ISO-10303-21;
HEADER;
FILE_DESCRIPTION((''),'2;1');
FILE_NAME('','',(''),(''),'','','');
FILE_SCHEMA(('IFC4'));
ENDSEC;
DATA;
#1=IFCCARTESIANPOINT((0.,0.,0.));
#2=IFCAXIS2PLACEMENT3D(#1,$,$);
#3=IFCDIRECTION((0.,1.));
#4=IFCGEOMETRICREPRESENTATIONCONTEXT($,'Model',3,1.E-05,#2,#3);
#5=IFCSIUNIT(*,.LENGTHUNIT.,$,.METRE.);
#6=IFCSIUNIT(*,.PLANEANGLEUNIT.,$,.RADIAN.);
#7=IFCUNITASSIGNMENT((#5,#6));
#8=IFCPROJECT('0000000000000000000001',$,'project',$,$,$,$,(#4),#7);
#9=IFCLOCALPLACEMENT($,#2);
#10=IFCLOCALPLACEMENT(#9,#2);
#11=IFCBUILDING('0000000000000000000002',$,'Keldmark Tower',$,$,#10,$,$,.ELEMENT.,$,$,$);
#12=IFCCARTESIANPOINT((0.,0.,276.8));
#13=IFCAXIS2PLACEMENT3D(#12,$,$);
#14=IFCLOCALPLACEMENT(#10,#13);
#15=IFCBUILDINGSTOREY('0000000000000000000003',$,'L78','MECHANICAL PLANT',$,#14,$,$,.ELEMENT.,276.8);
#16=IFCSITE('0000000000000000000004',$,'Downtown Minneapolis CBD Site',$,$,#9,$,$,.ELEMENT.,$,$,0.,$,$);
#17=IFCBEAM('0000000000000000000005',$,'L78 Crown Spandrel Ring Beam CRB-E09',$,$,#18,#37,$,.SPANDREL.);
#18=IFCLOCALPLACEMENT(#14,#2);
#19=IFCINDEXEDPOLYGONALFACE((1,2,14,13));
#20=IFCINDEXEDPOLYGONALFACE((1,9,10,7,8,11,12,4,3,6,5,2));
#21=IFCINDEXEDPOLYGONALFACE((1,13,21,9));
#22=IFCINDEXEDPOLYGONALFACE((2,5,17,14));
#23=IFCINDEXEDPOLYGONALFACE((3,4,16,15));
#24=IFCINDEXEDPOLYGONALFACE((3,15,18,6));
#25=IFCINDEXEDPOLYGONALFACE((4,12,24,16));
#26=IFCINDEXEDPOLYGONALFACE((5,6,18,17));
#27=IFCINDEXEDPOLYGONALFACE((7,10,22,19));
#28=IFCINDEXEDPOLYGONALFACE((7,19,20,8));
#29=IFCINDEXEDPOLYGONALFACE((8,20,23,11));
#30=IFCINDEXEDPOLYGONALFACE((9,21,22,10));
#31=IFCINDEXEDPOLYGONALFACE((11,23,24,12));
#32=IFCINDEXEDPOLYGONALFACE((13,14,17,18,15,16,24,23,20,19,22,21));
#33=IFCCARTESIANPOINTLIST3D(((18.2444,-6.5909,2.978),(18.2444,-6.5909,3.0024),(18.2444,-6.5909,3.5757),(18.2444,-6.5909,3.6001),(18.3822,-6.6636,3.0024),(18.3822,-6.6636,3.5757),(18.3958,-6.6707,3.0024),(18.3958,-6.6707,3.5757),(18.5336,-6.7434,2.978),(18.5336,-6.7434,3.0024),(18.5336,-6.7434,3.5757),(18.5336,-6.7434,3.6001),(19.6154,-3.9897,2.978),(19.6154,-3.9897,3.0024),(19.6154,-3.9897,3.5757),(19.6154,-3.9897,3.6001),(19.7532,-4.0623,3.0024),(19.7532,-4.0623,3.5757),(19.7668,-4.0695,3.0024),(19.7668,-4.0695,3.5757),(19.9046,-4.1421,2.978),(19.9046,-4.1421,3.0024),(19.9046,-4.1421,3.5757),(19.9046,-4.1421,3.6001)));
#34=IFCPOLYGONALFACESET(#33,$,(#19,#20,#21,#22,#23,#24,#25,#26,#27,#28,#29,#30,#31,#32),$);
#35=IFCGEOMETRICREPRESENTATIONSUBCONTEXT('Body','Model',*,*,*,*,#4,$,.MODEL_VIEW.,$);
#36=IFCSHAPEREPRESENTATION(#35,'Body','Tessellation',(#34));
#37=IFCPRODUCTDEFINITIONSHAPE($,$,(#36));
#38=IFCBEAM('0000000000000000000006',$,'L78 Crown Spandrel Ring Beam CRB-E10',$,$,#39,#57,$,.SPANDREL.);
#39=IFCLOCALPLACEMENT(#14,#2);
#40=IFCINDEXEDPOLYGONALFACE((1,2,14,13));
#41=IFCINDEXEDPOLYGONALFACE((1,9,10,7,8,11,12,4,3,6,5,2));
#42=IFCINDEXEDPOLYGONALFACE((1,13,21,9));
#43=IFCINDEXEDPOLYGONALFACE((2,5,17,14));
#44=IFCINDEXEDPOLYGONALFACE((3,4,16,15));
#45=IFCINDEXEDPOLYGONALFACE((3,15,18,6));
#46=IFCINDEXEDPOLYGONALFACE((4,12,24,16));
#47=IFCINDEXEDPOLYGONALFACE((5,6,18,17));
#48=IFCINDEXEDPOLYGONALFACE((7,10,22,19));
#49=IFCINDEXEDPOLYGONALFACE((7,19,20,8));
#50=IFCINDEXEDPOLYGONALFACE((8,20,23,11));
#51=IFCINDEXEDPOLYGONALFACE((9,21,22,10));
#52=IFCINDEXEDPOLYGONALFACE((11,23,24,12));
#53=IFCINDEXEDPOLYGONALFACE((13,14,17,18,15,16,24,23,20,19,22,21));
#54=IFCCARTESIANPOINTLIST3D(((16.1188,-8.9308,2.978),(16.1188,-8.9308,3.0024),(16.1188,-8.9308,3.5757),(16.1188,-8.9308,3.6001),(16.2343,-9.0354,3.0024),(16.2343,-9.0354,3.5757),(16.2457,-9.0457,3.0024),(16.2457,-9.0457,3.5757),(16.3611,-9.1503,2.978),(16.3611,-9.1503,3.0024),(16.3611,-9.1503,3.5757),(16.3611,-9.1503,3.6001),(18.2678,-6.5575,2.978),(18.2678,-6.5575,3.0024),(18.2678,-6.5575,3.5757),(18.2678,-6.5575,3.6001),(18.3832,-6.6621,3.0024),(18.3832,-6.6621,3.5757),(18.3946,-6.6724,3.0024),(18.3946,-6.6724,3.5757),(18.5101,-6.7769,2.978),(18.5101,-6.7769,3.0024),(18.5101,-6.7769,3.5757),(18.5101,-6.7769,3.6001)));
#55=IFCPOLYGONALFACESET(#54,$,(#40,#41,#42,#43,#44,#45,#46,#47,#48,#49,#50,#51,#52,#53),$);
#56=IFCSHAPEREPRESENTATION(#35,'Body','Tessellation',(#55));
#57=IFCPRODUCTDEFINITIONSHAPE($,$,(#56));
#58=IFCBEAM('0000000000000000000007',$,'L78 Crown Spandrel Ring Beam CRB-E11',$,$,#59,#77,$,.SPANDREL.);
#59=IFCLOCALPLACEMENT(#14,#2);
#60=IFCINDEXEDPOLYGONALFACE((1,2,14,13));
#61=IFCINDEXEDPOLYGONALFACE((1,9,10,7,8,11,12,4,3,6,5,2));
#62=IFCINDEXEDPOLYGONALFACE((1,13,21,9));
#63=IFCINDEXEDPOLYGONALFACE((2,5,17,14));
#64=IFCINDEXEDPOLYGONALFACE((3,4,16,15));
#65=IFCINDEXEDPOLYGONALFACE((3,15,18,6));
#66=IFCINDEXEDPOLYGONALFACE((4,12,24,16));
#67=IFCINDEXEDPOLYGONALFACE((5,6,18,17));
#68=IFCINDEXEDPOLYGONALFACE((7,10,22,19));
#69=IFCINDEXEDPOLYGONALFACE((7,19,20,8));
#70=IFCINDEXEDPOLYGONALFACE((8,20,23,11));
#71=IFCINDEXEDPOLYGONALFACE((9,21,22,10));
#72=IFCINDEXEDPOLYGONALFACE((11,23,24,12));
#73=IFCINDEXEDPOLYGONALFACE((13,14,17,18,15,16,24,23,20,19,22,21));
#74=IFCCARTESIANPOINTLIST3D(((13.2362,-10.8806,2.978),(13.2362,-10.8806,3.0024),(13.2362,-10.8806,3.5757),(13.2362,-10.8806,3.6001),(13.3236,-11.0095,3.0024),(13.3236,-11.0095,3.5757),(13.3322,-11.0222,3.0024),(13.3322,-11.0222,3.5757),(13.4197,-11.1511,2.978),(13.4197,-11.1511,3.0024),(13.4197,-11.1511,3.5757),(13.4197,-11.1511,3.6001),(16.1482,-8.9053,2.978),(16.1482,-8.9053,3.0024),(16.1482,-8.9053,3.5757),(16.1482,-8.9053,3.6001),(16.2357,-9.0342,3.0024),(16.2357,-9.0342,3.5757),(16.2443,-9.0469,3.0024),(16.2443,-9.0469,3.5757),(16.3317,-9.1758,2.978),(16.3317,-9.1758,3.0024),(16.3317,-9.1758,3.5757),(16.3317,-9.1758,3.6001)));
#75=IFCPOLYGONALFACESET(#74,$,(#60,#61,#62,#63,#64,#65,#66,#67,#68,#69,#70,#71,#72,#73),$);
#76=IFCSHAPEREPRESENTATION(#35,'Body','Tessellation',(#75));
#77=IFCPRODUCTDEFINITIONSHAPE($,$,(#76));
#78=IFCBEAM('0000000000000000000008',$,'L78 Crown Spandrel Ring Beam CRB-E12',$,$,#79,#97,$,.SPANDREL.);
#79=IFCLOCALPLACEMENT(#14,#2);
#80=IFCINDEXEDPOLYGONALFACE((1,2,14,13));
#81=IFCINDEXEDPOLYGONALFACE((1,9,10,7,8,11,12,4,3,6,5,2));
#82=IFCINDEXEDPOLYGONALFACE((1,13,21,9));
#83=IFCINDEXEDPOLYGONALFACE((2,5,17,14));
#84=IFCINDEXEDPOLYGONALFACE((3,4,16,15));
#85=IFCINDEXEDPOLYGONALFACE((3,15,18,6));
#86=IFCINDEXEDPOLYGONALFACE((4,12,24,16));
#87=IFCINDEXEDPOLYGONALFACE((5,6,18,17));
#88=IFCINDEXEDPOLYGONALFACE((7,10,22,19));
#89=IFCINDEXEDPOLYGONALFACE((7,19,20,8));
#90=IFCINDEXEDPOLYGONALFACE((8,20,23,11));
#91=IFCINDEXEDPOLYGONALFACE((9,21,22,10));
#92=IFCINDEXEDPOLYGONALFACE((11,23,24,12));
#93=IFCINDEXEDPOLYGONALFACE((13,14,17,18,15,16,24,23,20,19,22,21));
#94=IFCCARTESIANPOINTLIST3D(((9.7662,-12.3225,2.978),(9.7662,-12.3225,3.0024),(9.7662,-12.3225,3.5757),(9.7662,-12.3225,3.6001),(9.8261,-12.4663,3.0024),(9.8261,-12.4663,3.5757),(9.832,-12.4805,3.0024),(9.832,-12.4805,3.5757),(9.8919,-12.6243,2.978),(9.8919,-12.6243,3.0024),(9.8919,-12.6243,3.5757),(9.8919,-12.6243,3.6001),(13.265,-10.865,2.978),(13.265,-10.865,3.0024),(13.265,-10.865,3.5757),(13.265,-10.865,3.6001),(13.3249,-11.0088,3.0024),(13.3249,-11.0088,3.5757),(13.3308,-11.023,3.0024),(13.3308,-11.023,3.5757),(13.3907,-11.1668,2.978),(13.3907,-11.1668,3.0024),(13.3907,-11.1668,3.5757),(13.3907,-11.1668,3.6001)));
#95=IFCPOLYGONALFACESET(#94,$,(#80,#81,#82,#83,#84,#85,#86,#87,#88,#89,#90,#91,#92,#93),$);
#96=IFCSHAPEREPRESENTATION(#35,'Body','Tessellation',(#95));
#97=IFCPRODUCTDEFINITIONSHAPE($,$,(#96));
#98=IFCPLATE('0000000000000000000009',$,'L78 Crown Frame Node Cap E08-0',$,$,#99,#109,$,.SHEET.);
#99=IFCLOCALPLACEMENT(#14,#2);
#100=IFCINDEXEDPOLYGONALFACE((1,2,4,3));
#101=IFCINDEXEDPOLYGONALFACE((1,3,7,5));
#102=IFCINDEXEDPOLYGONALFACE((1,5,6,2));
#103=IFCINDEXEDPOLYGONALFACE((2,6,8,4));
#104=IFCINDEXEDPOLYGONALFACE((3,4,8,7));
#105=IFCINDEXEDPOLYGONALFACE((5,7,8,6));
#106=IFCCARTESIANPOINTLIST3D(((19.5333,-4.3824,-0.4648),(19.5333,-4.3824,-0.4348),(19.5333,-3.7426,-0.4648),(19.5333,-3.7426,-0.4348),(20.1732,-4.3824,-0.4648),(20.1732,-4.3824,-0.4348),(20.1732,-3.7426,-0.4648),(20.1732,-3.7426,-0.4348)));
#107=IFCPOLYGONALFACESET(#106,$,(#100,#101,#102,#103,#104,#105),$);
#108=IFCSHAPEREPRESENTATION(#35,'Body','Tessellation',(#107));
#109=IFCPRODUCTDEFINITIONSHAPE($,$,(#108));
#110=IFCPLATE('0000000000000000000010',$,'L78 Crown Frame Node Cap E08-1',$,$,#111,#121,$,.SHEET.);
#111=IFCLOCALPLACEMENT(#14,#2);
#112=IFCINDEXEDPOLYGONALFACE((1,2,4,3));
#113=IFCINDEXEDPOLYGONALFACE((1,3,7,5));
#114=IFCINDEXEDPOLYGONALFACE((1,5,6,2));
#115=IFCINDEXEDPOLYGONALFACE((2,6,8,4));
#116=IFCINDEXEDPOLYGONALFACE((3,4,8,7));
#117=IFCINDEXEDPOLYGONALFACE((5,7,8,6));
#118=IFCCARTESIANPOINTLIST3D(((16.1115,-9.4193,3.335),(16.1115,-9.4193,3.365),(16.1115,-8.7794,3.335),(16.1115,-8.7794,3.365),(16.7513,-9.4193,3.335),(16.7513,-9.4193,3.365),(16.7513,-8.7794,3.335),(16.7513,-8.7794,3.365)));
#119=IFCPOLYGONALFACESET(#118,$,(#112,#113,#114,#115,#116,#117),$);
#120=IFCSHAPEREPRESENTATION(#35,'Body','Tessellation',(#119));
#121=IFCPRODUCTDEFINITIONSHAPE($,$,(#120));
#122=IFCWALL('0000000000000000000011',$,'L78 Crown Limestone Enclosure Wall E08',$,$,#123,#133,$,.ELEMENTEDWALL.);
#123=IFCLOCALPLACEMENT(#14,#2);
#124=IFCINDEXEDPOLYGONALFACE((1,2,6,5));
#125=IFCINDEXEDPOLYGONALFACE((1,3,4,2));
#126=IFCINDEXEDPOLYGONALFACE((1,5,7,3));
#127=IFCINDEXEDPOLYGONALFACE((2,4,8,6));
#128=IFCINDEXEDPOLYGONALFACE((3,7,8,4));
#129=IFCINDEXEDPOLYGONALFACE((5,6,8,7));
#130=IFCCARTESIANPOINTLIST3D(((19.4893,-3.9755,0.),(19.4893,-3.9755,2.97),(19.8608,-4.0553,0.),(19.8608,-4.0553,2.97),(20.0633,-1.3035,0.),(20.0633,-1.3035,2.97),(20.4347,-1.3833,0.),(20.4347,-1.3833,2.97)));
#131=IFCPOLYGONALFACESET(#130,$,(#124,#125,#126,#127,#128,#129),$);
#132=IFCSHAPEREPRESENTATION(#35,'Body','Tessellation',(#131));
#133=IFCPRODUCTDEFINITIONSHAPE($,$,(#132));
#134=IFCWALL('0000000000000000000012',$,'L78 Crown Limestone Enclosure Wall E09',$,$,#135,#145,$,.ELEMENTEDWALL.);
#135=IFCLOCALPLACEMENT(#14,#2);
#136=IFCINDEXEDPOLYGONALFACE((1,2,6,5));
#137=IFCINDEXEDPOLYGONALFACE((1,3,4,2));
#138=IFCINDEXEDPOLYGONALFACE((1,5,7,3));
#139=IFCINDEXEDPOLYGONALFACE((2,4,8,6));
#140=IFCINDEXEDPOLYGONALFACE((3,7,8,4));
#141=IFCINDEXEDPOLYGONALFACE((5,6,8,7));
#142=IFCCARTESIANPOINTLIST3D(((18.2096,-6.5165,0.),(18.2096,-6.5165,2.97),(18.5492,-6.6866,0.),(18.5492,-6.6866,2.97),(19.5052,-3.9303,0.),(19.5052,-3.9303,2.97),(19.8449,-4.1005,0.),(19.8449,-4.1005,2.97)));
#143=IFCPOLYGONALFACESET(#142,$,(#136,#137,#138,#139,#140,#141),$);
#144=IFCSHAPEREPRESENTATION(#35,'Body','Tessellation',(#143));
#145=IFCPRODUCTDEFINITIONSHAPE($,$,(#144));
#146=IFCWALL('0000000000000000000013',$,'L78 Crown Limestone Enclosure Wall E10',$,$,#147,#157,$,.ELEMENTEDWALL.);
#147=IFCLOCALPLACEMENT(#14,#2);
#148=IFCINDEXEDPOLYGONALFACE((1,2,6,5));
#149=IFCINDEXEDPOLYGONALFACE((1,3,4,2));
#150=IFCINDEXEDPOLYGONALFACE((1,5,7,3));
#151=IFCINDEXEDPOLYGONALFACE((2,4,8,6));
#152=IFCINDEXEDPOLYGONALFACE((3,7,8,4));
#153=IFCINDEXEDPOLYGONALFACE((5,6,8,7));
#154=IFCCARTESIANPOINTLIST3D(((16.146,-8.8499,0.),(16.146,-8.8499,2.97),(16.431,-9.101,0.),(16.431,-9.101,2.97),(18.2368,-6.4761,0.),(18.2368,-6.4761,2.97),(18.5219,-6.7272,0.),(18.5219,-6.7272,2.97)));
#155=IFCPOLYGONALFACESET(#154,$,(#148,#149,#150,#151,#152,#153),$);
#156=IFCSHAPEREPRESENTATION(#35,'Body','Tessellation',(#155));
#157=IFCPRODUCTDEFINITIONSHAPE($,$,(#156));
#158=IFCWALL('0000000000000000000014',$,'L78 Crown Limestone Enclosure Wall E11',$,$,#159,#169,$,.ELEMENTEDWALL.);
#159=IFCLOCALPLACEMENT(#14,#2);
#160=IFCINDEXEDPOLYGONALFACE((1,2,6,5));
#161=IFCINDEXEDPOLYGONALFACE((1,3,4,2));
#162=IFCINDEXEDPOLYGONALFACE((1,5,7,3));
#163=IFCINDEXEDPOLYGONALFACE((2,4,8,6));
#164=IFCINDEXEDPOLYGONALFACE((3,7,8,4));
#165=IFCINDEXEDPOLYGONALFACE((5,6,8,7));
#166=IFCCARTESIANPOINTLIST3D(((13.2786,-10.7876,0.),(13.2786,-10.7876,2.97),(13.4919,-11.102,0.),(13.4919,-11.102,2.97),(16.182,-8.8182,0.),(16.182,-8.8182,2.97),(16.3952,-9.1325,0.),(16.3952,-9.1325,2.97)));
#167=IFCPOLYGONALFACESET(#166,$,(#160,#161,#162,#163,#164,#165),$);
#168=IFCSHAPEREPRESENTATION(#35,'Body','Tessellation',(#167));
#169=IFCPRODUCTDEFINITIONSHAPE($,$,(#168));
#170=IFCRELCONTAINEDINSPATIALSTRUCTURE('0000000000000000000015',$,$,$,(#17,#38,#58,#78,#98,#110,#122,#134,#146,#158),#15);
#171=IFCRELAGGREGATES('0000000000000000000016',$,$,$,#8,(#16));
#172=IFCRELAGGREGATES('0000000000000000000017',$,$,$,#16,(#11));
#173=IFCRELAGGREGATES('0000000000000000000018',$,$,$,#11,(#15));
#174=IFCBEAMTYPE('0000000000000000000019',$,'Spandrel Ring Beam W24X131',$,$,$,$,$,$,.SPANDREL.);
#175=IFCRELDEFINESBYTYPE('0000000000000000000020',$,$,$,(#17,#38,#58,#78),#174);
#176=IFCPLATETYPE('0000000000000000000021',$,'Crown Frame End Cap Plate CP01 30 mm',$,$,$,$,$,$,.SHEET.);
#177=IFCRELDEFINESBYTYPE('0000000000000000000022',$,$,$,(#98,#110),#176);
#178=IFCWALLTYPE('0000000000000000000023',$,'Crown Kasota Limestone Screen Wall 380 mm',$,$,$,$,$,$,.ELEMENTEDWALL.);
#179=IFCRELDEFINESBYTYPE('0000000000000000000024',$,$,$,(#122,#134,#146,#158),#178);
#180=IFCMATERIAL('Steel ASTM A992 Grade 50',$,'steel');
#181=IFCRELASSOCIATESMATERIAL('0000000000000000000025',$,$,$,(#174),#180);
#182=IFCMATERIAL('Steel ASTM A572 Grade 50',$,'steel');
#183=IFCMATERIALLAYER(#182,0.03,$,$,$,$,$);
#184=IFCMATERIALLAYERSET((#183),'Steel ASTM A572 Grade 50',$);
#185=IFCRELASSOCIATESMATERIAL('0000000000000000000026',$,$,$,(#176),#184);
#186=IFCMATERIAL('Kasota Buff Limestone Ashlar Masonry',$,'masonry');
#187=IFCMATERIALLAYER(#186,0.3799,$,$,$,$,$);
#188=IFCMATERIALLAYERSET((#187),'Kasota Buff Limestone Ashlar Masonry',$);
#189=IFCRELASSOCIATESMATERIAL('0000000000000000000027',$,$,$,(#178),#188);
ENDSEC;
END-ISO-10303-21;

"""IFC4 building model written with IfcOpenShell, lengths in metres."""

from ifc_helpers import new_model, si_unit, direction, frame, frame_2d, origin, origin_2d, place, context, subcontext, project, spatial, rectangle, i_section, extrude, material, layer, layer_set, material_profile, profile_set, type_object, element, save


model = new_model("IFC4")

# Units and contexts
model_context = context("Model", 3, precision=1e-05, world=origin(), true_north=direction((0.0, 1.0)))
body_context = subcontext(model_context, "Body", "Model", "MODEL_VIEW")
ifc_project = project(units=[si_unit("LENGTHUNIT", "METRE"), si_unit("PLANEANGLEUNIT", "RADIAN")], contexts=[model_context])

# Site, building, storey
site_placement = place(None, origin())
site = spatial("IfcSite", under=ifc_project, at=site_placement, Name="Downtown Minneapolis CBD Site", CompositionType="ELEMENT", RefElevation=0.0)
building_placement = place(site_placement, origin())
building = spatial("IfcBuilding", under=site, at=building_placement, Name="Keldmark Tower", CompositionType="ELEMENT")
storey_placement = place(building_placement, frame((0.0, 0.0, 276.8)))
storey = spatial("IfcBuildingStorey", under=building, at=storey_placement, Name="L78", Description="MECHANICAL PLANT", CompositionType="ELEMENT", Elevation=276.8)

# Beams
ifc_material_1 = material(Name="Steel ASTM A992 Grade 50", Category="steel")
ifc_material_profile_1 = material_profile(ifc_material_1, i_section(OverallWidth=0.3269, OverallDepth=0.6221, WebThickness=0.0154, FlangeThickness=0.0244, at=origin_2d()), Name="W24X131")
ifc_profile_set_1 = profile_set([ifc_material_profile_1], Name="Steel ASTM A992 Grade 50")
beam_type_1 = type_object("IfcBeamType", Name="Spandrel Ring Beam W24X131", PredefinedType="SPANDREL", material=ifc_profile_set_1)
beam_1_placement = place(storey_placement, frame((19.76, -4.0659, 3.2891), z_axis=(-0.466273, -0.884641, 0.0), x_axis=(0.884641, -0.466273, 0.0)))
element("IfcBeam", 1, at=beam_1_placement, inside=storey, type_object=beam_type_1, Name="L78 Crown Spandrel Ring Beam CRB-E09", PredefinedType="SPANDREL", context=body_context, shape_type="SweptSolid", body=[
    extrude(i_section(OverallWidth=0.3269, OverallDepth=0.6221, WebThickness=0.0154, FlangeThickness=0.0244, at=origin_2d()), origin(), (0.0, 0.0, 1.0), 2.9404),
])
beam_2_placement = place(storey_placement, frame((18.3889, -6.6672, 3.2891), z_axis=(-0.671199, -0.741277, 0.0), x_axis=(0.741277, -0.671199, 0.0)))
element("IfcBeam", 2, at=beam_2_placement, inside=storey, type_object=beam_type_1, Name="L78 Crown Spandrel Ring Beam CRB-E10", PredefinedType="SPANDREL", context=body_context, shape_type="SweptSolid", body=[
    extrude(i_section(OverallWidth=0.3269, OverallDepth=0.6221, WebThickness=0.0154, FlangeThickness=0.0244, at=origin_2d()), origin(), (0.0, 0.0, 1.0), 3.2017),
])
beam_3_placement = place(storey_placement, frame((16.24, -9.0405, 3.2891), z_axis=(-0.827572, -0.561359, 0.0), x_axis=(0.561359, -0.827572, 0.0)))
element("IfcBeam", 3, at=beam_3_placement, inside=storey, type_object=beam_type_1, Name="L78 Crown Spandrel Ring Beam CRB-E11", PredefinedType="SPANDREL", context=body_context, shape_type="SweptSolid", body=[
    extrude(i_section(OverallWidth=0.3269, OverallDepth=0.6221, WebThickness=0.0154, FlangeThickness=0.0244, at=origin_2d()), origin(), (0.0, 0.0, 1.0), 3.5188),
])
beam_4_placement = place(storey_placement, frame((13.3279, -11.0159, 3.2891), z_axis=(-0.923106, -0.384547, 0.0), x_axis=(0.384547, -0.923106, 0.0)))
element("IfcBeam", 4, at=beam_4_placement, inside=storey, type_object=beam_type_1, Name="L78 Crown Spandrel Ring Beam CRB-E12", PredefinedType="SPANDREL", context=body_context, shape_type="SweptSolid", body=[
    extrude(i_section(OverallWidth=0.3269, OverallDepth=0.6221, WebThickness=0.0154, FlangeThickness=0.0244, at=origin_2d()), origin(), (0.0, 0.0, 1.0), 3.7903),
])

# Plates
ifc_material_2 = material(Name="Steel ASTM A572 Grade 50", Category="steel")
ifc_layer_1 = layer(ifc_material_2, 0.03)
ifc_layer_set_1 = layer_set([ifc_layer_1], Name="Steel ASTM A572 Grade 50")
plate_type = type_object("IfcPlateType", Name="Crown Frame End Cap Plate CP01 30 mm", PredefinedType="SHEET", material=ifc_layer_set_1)
for number, where, z_axis, x_axis, name in (
    (5, (19.8533, -4.0625, -0.4648), (0.0, 0.0, 1.0), (1.0, 0.0, 0.0), "L78 Crown Frame Node Cap E08-0"),
    (6, (16.4314, -9.0994, 3.335), (0.0, 0.0, 1.0), (1.0, 0.0, 0.0), "L78 Crown Frame Node Cap E08-1"),
):
    element("IfcPlate", number, at=place(storey_placement, frame(where, z_axis=z_axis, x_axis=x_axis)), inside=storey, type_object=plate_type, Name=name, PredefinedType="SHEET", context=body_context, shape_type="SweptSolid", body=[
        extrude(rectangle(XDim=0.6399, YDim=0.6399, at=origin_2d()), origin(), (0.0, 0.0, 1.0), 0.03),
    ])

# Walls
ifc_material_3 = material(Name="Kasota Buff Limestone Ashlar Masonry", Category="masonry")
ifc_layer_2 = layer(ifc_material_3, 0.3799)
ifc_layer_set_2 = layer_set([ifc_layer_2], Name="Kasota Buff Limestone Ashlar Masonry")
wall_type_1 = type_object("IfcWallType", Name="Crown Kasota Limestone Screen Wall 380 mm", PredefinedType="ELEMENTEDWALL", material=ifc_layer_set_2)
wall_1_placement = place(storey_placement, frame((19.675, -4.0154, 0.0), z_axis=(0.0, 0.0, 1.0), x_axis=(0.210029, 0.977695, 0.0)))
element("IfcWall", 7, at=wall_1_placement, inside=storey, type_object=wall_type_1, Name="L78 Crown Limestone Enclosure Wall E08", PredefinedType="ELEMENTEDWALL", context=body_context, shape_type="SweptSolid", body=[
    extrude(rectangle(XDim=2.7329, YDim=0.3799, at=frame_2d((1.3665, 0.0))), origin(), (0.0, 0.0, 1.0), 2.97),
])
wall_2_placement = place(storey_placement, frame((18.3794, -6.6016, 0.0), z_axis=(0.0, 0.0, 1.0), x_axis=(0.447922, 0.894072, 0.0)))
element("IfcWall", 8, at=wall_2_placement, inside=storey, type_object=wall_type_1, Name="L78 Crown Limestone Enclosure Wall E09", PredefinedType="ELEMENTEDWALL", context=body_context, shape_type="SweptSolid", body=[
    extrude(rectangle(XDim=2.8926, YDim=0.3799, at=frame_2d((1.4463, 0.0))), origin(), (0.0, 0.0, 1.0), 2.97),
])
wall_3_placement = place(storey_placement, frame((16.2886, -8.9753, 0.0), z_axis=(0.0, 0.0, 1.0), x_axis=(0.660965, 0.750416, 0.0)))
element("IfcWall", 9, at=wall_3_placement, inside=storey, type_object=wall_type_1, Name="L78 Crown Limestone Enclosure Wall E10", PredefinedType="ELEMENTEDWALL", context=body_context, shape_type="SweptSolid", body=[
    extrude(rectangle(XDim=3.1633, YDim=0.3799, at=frame_2d((1.5815, 0.0))), origin(), (0.0, 0.0, 1.0), 2.97),
])
wall_4_placement = place(storey_placement, frame((13.3853, -10.9448, 0.0), z_axis=(0.0, 0.0, 1.0), x_axis=(0.827559, 0.561379, 0.0)))
element("IfcWall", 10, at=wall_4_placement, inside=storey, type_object=wall_type_1, Name="L78 Crown Limestone Enclosure Wall E11", PredefinedType="ELEMENTEDWALL", context=body_context, shape_type="SweptSolid", body=[
    extrude(rectangle(XDim=3.5083, YDim=0.3799, at=frame_2d((1.7542, 0.0))), origin(), (0.0, 0.0, 1.0), 2.97),
])

save(model, "model.ifc")
